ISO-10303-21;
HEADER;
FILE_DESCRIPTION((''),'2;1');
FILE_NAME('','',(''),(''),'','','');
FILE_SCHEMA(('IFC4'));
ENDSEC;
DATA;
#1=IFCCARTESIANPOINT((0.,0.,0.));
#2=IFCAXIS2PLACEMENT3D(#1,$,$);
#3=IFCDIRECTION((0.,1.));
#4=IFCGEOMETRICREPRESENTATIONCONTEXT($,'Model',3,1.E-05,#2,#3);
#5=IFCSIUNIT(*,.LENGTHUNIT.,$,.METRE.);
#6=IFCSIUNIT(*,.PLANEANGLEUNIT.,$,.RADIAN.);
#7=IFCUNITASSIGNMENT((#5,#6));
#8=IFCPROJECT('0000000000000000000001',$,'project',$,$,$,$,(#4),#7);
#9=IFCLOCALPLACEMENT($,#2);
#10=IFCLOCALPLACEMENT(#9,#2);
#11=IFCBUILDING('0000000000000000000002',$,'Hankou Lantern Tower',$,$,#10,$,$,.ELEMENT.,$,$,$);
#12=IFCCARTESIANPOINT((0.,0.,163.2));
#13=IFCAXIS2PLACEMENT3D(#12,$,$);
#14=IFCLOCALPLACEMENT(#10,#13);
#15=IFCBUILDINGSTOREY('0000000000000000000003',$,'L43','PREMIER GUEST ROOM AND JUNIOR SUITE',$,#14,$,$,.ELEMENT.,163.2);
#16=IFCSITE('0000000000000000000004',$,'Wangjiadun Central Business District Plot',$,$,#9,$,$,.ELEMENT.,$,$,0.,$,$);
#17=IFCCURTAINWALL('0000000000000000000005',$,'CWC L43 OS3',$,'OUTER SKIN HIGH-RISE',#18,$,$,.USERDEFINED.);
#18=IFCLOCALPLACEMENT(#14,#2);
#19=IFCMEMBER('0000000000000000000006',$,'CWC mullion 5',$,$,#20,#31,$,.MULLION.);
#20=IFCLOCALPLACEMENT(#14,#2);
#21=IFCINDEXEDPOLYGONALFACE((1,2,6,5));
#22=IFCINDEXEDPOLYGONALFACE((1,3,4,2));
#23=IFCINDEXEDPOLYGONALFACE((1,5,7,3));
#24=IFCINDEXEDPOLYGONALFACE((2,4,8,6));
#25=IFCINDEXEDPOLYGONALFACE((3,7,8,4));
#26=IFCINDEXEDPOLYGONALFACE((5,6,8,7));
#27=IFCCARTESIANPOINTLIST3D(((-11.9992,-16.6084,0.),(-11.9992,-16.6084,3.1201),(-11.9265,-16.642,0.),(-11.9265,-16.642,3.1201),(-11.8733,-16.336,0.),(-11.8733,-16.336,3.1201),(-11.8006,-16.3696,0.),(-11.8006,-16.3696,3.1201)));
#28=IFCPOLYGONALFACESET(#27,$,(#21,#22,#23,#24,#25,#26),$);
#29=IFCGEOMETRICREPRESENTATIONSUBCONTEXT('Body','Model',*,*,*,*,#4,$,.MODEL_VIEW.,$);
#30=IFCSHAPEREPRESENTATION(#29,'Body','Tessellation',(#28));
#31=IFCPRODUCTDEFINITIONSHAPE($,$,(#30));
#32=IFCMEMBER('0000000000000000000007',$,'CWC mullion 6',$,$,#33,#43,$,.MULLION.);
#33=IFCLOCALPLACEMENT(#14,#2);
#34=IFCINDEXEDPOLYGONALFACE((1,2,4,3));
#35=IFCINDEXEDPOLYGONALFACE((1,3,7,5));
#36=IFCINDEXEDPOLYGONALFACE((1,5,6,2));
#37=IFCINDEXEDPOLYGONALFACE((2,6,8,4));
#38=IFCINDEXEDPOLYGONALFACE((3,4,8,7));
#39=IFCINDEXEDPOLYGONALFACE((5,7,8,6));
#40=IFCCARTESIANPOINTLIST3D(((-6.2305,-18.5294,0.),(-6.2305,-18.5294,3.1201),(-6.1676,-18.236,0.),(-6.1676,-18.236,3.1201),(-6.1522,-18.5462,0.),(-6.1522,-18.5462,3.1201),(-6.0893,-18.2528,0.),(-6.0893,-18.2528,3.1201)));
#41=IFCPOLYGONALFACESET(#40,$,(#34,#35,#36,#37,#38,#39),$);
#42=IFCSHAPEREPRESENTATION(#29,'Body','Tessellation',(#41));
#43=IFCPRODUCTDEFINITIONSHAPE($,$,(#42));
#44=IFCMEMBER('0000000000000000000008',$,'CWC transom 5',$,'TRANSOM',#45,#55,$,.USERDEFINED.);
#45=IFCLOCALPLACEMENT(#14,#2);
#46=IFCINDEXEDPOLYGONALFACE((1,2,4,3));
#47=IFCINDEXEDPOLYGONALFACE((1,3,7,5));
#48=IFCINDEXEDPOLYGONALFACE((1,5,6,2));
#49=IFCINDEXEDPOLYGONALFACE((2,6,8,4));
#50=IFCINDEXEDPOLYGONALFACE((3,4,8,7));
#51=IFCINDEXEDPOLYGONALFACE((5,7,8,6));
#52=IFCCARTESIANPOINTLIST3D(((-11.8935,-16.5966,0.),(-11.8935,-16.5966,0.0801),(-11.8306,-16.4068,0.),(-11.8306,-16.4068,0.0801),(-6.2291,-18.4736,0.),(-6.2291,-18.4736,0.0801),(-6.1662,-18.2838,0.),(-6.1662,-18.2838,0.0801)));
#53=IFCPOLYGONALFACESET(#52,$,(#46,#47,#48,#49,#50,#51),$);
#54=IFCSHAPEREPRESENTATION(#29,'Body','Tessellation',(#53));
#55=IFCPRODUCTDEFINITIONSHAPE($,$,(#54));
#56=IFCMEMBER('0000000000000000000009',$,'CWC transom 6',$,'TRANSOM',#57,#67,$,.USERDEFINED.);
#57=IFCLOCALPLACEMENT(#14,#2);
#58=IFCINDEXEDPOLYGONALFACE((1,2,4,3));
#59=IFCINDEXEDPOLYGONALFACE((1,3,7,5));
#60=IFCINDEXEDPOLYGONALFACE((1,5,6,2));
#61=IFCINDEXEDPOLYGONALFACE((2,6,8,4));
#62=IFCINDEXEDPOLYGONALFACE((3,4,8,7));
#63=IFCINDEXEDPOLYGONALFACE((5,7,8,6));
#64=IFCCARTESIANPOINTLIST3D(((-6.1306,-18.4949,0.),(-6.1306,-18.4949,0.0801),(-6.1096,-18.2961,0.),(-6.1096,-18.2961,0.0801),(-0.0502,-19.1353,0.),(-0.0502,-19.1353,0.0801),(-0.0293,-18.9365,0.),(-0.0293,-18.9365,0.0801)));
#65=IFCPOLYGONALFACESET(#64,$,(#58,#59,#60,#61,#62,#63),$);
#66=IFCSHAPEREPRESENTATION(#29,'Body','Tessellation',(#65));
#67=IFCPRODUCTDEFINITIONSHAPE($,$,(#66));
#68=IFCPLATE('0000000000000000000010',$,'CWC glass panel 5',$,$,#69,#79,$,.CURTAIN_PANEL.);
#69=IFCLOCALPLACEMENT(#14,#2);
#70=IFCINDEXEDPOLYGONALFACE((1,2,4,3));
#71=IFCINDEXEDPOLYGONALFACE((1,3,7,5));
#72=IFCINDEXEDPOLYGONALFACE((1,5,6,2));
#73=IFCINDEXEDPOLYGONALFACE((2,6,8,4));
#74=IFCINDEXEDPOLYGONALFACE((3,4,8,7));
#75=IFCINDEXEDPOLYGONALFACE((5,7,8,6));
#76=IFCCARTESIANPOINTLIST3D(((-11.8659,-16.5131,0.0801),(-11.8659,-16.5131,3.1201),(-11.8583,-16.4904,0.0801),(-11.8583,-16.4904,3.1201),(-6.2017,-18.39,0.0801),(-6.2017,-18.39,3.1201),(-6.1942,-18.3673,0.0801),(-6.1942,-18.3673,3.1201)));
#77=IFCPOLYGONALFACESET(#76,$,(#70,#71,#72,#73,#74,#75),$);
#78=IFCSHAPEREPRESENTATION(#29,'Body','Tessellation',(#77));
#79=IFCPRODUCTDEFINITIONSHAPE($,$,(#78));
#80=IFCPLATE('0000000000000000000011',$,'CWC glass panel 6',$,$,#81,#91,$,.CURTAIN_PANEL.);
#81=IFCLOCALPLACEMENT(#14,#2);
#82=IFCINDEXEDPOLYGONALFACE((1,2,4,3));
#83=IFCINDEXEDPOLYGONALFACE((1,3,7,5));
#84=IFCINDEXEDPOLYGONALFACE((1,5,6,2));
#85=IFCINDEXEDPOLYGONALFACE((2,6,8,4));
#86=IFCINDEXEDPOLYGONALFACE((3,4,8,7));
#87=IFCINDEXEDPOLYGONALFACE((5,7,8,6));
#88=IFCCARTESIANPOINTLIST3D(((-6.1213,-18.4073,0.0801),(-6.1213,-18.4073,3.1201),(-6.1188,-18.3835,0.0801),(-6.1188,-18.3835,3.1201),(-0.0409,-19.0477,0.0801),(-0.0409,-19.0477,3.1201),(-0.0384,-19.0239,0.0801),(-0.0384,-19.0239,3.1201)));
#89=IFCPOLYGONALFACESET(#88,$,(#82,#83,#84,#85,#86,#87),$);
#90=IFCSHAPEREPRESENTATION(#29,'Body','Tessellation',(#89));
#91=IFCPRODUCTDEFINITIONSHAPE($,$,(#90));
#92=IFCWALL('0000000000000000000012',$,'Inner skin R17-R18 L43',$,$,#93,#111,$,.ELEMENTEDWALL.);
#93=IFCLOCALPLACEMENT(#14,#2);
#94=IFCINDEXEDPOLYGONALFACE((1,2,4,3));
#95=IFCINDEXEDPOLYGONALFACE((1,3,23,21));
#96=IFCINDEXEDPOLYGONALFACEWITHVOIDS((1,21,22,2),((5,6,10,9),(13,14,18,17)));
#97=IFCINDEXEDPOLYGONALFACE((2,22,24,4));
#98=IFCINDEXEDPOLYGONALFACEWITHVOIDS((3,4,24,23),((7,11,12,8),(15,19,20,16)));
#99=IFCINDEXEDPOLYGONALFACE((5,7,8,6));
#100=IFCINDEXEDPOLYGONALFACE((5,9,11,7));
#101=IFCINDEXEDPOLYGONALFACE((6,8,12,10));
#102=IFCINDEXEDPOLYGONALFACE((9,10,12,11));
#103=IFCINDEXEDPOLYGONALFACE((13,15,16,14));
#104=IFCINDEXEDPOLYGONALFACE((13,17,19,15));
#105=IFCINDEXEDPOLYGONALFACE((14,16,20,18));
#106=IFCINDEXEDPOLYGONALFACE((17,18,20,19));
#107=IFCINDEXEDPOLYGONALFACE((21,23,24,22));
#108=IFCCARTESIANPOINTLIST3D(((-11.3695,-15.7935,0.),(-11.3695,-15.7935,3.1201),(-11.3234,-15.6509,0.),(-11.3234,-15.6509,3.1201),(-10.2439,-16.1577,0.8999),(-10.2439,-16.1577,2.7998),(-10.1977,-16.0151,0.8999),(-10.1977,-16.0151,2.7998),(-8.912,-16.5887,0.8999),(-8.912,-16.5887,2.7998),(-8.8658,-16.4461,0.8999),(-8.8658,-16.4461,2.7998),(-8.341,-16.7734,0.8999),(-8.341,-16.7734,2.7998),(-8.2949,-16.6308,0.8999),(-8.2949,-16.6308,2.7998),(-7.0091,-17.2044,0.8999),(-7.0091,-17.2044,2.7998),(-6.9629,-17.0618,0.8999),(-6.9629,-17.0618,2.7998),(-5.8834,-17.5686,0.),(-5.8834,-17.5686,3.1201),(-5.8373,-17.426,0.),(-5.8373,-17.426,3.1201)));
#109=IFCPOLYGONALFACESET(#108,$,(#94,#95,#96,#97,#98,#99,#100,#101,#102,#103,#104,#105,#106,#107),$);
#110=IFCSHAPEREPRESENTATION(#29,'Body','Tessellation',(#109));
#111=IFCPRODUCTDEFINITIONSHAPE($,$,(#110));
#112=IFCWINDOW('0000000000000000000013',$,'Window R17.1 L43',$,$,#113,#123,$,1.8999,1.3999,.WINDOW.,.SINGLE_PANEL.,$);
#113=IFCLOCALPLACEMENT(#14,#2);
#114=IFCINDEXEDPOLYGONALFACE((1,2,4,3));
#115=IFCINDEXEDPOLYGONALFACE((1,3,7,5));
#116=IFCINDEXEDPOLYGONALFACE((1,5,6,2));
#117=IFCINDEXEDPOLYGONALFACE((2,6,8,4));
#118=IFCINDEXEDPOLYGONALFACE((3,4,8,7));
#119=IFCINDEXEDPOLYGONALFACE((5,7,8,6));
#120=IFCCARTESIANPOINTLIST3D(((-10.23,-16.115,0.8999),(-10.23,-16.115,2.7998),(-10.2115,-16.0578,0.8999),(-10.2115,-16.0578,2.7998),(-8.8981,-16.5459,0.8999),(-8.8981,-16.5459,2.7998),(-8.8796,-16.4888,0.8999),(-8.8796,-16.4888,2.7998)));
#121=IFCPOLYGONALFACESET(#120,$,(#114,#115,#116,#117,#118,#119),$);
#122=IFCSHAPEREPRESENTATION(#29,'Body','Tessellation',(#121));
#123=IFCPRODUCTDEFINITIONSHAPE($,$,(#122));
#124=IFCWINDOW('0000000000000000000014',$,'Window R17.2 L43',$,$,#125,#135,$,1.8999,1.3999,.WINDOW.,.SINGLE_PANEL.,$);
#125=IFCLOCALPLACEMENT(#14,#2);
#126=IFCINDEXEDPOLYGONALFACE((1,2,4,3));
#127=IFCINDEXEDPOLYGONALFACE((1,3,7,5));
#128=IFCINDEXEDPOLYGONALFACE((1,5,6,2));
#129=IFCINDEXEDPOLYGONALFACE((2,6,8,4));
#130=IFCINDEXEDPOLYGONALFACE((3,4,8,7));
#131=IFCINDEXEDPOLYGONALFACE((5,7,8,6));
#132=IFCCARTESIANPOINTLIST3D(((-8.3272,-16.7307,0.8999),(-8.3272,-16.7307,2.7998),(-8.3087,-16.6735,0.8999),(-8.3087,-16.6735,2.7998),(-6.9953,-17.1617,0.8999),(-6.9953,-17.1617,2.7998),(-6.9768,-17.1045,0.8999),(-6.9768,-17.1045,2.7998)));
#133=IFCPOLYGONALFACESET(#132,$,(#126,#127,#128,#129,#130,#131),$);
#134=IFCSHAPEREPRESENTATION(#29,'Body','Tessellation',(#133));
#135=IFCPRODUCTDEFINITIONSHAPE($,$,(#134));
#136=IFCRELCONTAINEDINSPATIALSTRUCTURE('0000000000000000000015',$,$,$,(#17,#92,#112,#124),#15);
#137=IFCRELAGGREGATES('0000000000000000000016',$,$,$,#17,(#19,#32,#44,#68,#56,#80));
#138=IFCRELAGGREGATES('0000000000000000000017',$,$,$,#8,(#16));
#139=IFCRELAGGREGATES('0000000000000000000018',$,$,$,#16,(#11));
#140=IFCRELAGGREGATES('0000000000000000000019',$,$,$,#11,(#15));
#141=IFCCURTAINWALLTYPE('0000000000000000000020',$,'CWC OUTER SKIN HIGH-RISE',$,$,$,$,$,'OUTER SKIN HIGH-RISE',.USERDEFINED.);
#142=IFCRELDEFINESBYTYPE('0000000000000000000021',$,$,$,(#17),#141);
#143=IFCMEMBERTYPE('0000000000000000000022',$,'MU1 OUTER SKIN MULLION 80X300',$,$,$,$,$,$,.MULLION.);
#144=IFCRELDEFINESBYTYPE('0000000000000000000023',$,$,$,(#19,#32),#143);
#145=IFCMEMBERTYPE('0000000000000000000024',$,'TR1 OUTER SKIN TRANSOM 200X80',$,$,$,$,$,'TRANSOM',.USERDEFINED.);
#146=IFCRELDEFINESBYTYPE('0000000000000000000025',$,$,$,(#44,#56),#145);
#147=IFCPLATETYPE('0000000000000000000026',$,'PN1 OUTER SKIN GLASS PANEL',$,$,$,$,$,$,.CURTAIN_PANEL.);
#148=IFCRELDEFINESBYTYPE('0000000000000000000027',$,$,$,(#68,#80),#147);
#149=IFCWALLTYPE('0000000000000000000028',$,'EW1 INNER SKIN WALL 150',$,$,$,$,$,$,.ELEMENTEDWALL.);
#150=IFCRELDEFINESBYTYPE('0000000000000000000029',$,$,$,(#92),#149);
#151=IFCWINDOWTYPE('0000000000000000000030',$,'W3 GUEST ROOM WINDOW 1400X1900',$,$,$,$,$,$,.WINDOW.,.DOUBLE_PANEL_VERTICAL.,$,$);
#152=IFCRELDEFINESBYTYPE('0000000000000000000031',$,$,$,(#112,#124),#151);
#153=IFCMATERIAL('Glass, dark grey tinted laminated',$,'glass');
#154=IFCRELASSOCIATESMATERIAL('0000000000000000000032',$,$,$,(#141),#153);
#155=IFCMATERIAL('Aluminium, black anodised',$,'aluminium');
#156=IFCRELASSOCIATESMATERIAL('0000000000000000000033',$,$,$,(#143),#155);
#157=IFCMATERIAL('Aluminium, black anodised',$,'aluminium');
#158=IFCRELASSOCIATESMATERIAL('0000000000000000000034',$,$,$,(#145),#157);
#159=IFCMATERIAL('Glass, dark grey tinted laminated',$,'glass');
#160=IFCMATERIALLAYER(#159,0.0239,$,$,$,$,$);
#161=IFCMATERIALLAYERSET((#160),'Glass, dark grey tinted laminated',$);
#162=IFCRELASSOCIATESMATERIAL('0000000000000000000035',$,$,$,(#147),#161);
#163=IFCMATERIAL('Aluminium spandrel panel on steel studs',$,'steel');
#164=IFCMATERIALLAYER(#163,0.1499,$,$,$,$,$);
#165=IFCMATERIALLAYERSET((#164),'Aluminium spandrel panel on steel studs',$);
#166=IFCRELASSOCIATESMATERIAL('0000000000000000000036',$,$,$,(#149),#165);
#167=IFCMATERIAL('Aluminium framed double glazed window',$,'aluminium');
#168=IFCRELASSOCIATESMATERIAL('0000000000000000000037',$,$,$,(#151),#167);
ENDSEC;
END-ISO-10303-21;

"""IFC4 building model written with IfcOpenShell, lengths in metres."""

from ifc_helpers import new_model, si_unit, direction, frame, frame_2d, origin, origin_2d, place, context, subcontext, project, spatial, rectangle, extrude, material, layer, layer_set, material_profile, profile_set, type_object, element, fill, aggregate, save


model = new_model("IFC4")

# Units and contexts
model_context = context("Model", 3, precision=1e-05, world=origin(), true_north=direction((0.0, 1.0)))
body_context = subcontext(model_context, "Body", "Model", "MODEL_VIEW")
ifc_project = project(units=[si_unit("LENGTHUNIT", "METRE"), si_unit("PLANEANGLEUNIT", "RADIAN")], contexts=[model_context])

# Site, building, storey
site_placement = place(None, origin())
site = spatial("IfcSite", under=ifc_project, at=site_placement, Name="Wangjiadun Central Business District Plot", CompositionType="ELEMENT", RefElevation=0.0)
building_placement = place(site_placement, origin())
building = spatial("IfcBuilding", under=site, at=building_placement, Name="Hankou Lantern Tower", CompositionType="ELEMENT")
storey_placement = place(building_placement, frame((0.0, 0.0, 163.2)))
storey = spatial("IfcBuildingStorey", under=building, at=storey_placement, Name="L43", Description="PREMIER GUEST ROOM AND JUNIOR SUITE", CompositionType="ELEMENT", Elevation=163.2)

# Curtain wall, members, plates
ifc_material_1 = material(Name="Glass, dark grey tinted laminated", Category="glass")
curtain_wall_type = type_object("IfcCurtainWallType", Name="CWC OUTER SKIN HIGH-RISE", ElementType="OUTER SKIN HIGH-RISE", PredefinedType="USERDEFINED", material=ifc_material_1)
curtain_wall_placement = place(storey_placement, origin())
curtain_wall = element("IfcCurtainWall", 1, at=curtain_wall_placement, inside=storey, type_object=curtain_wall_type, Name="CWC L43 OS3", ObjectType="OUTER SKIN HIGH-RISE", PredefinedType="USERDEFINED")
ifc_material_2 = material(Name="Aluminium, black anodised", Category="aluminium")
ifc_material_profile_1 = material_profile(ifc_material_2, rectangle(XDim=0.0801, YDim=0.3, at=origin_2d()), Name="MU1 80X300")
ifc_profile_set_1 = profile_set([ifc_material_profile_1], Name="Aluminium, black anodised")
member_type_1 = type_object("IfcMemberType", Name="MU1 OUTER SKIN MULLION 80X300", PredefinedType="MULLION", material=ifc_profile_set_1)
member_1_placement = place(storey_placement, frame((-11.8999, -16.489, 0.0), z_axis=(0.0, 0.0, 1.0), x_axis=(0.907841, -0.419314, 0.0)))
member_1 = element("IfcMember", 2, at=member_1_placement, type_object=member_type_1, Name="CWC mullion 5", PredefinedType="MULLION", context=body_context, shape_type="SweptSolid", body=[
    extrude(rectangle(XDim=0.0801, YDim=0.3, at=origin_2d()), origin(), (0.0, 0.0, 1.0), 3.1201),
])
member_2_placement = place(storey_placement, frame((-6.1599, -18.3911, 0.0), z_axis=(0.0, 0.0, 1.0), x_axis=(0.977788, -0.209598, 0.0)))
member_2 = element("IfcMember", 3, at=member_2_placement, type_object=member_type_1, Name="CWC mullion 6", PredefinedType="MULLION", context=body_context, shape_type="SweptSolid", body=[
    extrude(rectangle(XDim=0.0801, YDim=0.3, at=origin_2d()), origin(), (0.0, 0.0, 1.0), 3.1201),
])
ifc_material_3 = material(Name="Aluminium, black anodised", Category="aluminium")
ifc_material_profile_2 = material_profile(ifc_material_3, rectangle(XDim=0.2, YDim=0.0801, at=origin_2d()), Name="TR1 200X80")
ifc_profile_set_2 = profile_set([ifc_material_profile_2], Name="Aluminium, black anodised")
member_type_2 = type_object("IfcMemberType", Name="TR1 OUTER SKIN TRANSOM 200X80", ElementType="TRANSOM", PredefinedType="USERDEFINED", material=ifc_profile_set_2)
member_3_placement = place(storey_placement, frame((-11.8621, -16.5017, 0.04), z_axis=(0.949242, -0.314546, 0.0), x_axis=(0.314546, 0.949242, 0.0)))
member_3 = element("IfcMember", 4, at=member_3_placement, type_object=member_type_2, Name="CWC transom 5", ObjectType="TRANSOM", PredefinedType="USERDEFINED", context=body_context, shape_type="SweptSolid", body=[
    extrude(rectangle(XDim=0.2, YDim=0.0801, at=origin_2d()), origin(), (0.0, 0.0, 1.0), 5.9673),
])
member_4_placement = place(storey_placement, frame((-6.1201, -18.3955, 0.04), z_axis=(0.9945, -0.104741, 0.0), x_axis=(0.104741, 0.9945, 0.0)))
member_4 = element("IfcMember", 5, at=member_4_placement, type_object=member_type_2, Name="CWC transom 6", ObjectType="TRANSOM", PredefinedType="USERDEFINED", context=body_context, shape_type="SweptSolid", body=[
    extrude(rectangle(XDim=0.2, YDim=0.0801, at=origin_2d()), origin(), (0.0, 0.0, 1.0), 6.114),
])
ifc_material_4 = material(Name="Glass, dark grey tinted laminated", Category="glass")
ifc_layer_1 = layer(ifc_material_4, 0.0239)
ifc_layer_set_1 = layer_set([ifc_layer_1], Name="Glass, dark grey tinted laminated")
plate_type = type_object("IfcPlateType", Name="PN1 OUTER SKIN GLASS PANEL", PredefinedType="CURTAIN_PANEL", material=ifc_layer_set_1)
plate_1_placement = place(storey_placement, frame((-9.03, -17.4402, 0.0801), z_axis=(0.0, 0.0, 1.0), x_axis=(0.949241, -0.314551, 0.0)))
plate_1 = element("IfcPlate", 6, at=plate_1_placement, type_object=plate_type, Name="CWC glass panel 5", PredefinedType="CURTAIN_PANEL", context=body_context, shape_type="SweptSolid", body=[
    extrude(rectangle(XDim=5.967, YDim=0.0239, at=origin_2d()), origin(), (0.0, 0.0, 1.0), 3.04),
])
plate_2_placement = place(storey_placement, frame((-3.0798, -18.7156, 0.0801), z_axis=(0.0, 0.0, 1.0), x_axis=(0.994499, -0.104743, 0.0)))
plate_2 = element("IfcPlate", 7, at=plate_2_placement, type_object=plate_type, Name="CWC glass panel 6", PredefinedType="CURTAIN_PANEL", context=body_context, shape_type="SweptSolid", body=[
    extrude(rectangle(XDim=6.114, YDim=0.0239, at=origin_2d()), origin(), (0.0, 0.0, 1.0), 3.04),
])
aggregate(curtain_wall, [member_1, member_2, member_3, plate_1, member_4, plate_2])

# Wall, openings, windows
ifc_material_5 = material(Name="Aluminium spandrel panel on steel studs", Category="steel")
ifc_layer_2 = layer(ifc_material_5, 0.1499)
ifc_layer_set_2 = layer_set([ifc_layer_2], Name="Aluminium spandrel panel on steel studs")
wall_type_1 = type_object("IfcWallType", Name="EW1 INNER SKIN WALL 150", PredefinedType="ELEMENTEDWALL", material=ifc_layer_set_2)
wall_1_placement = place(storey_placement, frame((-11.3464, -15.7222, 0.0), z_axis=(0.0, 0.0, 1.0), x_axis=(0.951432, -0.307857, 0.0)))
wall_1 = element("IfcWall", 8, at=wall_1_placement, inside=storey, type_object=wall_type_1, Name="Inner skin R17-R18 L43", PredefinedType="ELEMENTEDWALL", context=body_context, shape_type="SweptSolid", body=[
    extrude(rectangle(XDim=5.7661, YDim=0.1499, at=frame_2d((2.8831, 0.0))), origin(), (0.0, 0.0, 1.0), 3.1201),
])
opening_1_placement = place(wall_1_placement, frame((1.1831, 0.0, 0.8999)))
opening_1 = element("IfcOpeningElement", 9, at=opening_1_placement, cuts=wall_1, PredefinedType="OPENING", context=body_context, shape_type="SweptSolid", body=[
    extrude(rectangle(XDim=1.3999, YDim=1.8999, at=frame_2d((0.7, 0.95))), frame((0.0, 0.085, 0.0), z_axis=(0.0, -1.0, 0.0), x_axis=(1.0, 0.0, 0.0)), (0.0, 0.0, 1.0), 0.1699),
])
opening_2_placement = place(wall_1_placement, frame((3.1831, 0.0, 0.8999)))
opening_2 = element("IfcOpeningElement", 10, at=opening_2_placement, cuts=wall_1, PredefinedType="OPENING", context=body_context, shape_type="SweptSolid", body=[
    extrude(rectangle(XDim=1.3999, YDim=1.8999, at=frame_2d((0.7, 0.95))), frame((0.0, 0.085, 0.0), z_axis=(0.0, -1.0, 0.0), x_axis=(1.0, 0.0, 0.0)), (0.0, 0.0, 1.0), 0.1699),
])
ifc_material_6 = material(Name="Aluminium framed double glazed window", Category="aluminium")
window_type = type_object("IfcWindowType", Name="W3 GUEST ROOM WINDOW 1400X1900", PartitioningType="DOUBLE_PANEL_VERTICAL", PredefinedType="WINDOW", material=ifc_material_6)
window_1_placement = place(opening_1_placement, origin())
window_1 = element("IfcWindow", 11, at=window_1_placement, inside=storey, type_object=window_type, Name="Window R17.1 L43", OverallHeight=1.8999, OverallWidth=1.3999, PartitioningType="SINGLE_PANEL", PredefinedType="WINDOW", context=body_context, shape_type="SweptSolid", body=[
    extrude(rectangle(XDim=1.3999, YDim=1.8999, at=frame_2d((0.7, 0.95))), frame((0.0, 0.03, 0.0), z_axis=(0.0, -1.0, 0.0), x_axis=(1.0, 0.0, 0.0)), (0.0, 0.0, 1.0), 0.0601),
])
fill(opening_1, window_1)
window_2_placement = place(opening_2_placement, origin())
window_2 = element("IfcWindow", 12, at=window_2_placement, inside=storey, type_object=window_type, Name="Window R17.2 L43", OverallHeight=1.8999, OverallWidth=1.3999, PartitioningType="SINGLE_PANEL", PredefinedType="WINDOW", context=body_context, shape_type="SweptSolid", body=[
    extrude(rectangle(XDim=1.3999, YDim=1.8999, at=frame_2d((0.7, 0.95))), frame((0.0, 0.03, 0.0), z_axis=(0.0, -1.0, 0.0), x_axis=(1.0, 0.0, 0.0)), (0.0, 0.0, 1.0), 0.0601),
])
fill(opening_2, window_2)

save(model, "model.ifc")
